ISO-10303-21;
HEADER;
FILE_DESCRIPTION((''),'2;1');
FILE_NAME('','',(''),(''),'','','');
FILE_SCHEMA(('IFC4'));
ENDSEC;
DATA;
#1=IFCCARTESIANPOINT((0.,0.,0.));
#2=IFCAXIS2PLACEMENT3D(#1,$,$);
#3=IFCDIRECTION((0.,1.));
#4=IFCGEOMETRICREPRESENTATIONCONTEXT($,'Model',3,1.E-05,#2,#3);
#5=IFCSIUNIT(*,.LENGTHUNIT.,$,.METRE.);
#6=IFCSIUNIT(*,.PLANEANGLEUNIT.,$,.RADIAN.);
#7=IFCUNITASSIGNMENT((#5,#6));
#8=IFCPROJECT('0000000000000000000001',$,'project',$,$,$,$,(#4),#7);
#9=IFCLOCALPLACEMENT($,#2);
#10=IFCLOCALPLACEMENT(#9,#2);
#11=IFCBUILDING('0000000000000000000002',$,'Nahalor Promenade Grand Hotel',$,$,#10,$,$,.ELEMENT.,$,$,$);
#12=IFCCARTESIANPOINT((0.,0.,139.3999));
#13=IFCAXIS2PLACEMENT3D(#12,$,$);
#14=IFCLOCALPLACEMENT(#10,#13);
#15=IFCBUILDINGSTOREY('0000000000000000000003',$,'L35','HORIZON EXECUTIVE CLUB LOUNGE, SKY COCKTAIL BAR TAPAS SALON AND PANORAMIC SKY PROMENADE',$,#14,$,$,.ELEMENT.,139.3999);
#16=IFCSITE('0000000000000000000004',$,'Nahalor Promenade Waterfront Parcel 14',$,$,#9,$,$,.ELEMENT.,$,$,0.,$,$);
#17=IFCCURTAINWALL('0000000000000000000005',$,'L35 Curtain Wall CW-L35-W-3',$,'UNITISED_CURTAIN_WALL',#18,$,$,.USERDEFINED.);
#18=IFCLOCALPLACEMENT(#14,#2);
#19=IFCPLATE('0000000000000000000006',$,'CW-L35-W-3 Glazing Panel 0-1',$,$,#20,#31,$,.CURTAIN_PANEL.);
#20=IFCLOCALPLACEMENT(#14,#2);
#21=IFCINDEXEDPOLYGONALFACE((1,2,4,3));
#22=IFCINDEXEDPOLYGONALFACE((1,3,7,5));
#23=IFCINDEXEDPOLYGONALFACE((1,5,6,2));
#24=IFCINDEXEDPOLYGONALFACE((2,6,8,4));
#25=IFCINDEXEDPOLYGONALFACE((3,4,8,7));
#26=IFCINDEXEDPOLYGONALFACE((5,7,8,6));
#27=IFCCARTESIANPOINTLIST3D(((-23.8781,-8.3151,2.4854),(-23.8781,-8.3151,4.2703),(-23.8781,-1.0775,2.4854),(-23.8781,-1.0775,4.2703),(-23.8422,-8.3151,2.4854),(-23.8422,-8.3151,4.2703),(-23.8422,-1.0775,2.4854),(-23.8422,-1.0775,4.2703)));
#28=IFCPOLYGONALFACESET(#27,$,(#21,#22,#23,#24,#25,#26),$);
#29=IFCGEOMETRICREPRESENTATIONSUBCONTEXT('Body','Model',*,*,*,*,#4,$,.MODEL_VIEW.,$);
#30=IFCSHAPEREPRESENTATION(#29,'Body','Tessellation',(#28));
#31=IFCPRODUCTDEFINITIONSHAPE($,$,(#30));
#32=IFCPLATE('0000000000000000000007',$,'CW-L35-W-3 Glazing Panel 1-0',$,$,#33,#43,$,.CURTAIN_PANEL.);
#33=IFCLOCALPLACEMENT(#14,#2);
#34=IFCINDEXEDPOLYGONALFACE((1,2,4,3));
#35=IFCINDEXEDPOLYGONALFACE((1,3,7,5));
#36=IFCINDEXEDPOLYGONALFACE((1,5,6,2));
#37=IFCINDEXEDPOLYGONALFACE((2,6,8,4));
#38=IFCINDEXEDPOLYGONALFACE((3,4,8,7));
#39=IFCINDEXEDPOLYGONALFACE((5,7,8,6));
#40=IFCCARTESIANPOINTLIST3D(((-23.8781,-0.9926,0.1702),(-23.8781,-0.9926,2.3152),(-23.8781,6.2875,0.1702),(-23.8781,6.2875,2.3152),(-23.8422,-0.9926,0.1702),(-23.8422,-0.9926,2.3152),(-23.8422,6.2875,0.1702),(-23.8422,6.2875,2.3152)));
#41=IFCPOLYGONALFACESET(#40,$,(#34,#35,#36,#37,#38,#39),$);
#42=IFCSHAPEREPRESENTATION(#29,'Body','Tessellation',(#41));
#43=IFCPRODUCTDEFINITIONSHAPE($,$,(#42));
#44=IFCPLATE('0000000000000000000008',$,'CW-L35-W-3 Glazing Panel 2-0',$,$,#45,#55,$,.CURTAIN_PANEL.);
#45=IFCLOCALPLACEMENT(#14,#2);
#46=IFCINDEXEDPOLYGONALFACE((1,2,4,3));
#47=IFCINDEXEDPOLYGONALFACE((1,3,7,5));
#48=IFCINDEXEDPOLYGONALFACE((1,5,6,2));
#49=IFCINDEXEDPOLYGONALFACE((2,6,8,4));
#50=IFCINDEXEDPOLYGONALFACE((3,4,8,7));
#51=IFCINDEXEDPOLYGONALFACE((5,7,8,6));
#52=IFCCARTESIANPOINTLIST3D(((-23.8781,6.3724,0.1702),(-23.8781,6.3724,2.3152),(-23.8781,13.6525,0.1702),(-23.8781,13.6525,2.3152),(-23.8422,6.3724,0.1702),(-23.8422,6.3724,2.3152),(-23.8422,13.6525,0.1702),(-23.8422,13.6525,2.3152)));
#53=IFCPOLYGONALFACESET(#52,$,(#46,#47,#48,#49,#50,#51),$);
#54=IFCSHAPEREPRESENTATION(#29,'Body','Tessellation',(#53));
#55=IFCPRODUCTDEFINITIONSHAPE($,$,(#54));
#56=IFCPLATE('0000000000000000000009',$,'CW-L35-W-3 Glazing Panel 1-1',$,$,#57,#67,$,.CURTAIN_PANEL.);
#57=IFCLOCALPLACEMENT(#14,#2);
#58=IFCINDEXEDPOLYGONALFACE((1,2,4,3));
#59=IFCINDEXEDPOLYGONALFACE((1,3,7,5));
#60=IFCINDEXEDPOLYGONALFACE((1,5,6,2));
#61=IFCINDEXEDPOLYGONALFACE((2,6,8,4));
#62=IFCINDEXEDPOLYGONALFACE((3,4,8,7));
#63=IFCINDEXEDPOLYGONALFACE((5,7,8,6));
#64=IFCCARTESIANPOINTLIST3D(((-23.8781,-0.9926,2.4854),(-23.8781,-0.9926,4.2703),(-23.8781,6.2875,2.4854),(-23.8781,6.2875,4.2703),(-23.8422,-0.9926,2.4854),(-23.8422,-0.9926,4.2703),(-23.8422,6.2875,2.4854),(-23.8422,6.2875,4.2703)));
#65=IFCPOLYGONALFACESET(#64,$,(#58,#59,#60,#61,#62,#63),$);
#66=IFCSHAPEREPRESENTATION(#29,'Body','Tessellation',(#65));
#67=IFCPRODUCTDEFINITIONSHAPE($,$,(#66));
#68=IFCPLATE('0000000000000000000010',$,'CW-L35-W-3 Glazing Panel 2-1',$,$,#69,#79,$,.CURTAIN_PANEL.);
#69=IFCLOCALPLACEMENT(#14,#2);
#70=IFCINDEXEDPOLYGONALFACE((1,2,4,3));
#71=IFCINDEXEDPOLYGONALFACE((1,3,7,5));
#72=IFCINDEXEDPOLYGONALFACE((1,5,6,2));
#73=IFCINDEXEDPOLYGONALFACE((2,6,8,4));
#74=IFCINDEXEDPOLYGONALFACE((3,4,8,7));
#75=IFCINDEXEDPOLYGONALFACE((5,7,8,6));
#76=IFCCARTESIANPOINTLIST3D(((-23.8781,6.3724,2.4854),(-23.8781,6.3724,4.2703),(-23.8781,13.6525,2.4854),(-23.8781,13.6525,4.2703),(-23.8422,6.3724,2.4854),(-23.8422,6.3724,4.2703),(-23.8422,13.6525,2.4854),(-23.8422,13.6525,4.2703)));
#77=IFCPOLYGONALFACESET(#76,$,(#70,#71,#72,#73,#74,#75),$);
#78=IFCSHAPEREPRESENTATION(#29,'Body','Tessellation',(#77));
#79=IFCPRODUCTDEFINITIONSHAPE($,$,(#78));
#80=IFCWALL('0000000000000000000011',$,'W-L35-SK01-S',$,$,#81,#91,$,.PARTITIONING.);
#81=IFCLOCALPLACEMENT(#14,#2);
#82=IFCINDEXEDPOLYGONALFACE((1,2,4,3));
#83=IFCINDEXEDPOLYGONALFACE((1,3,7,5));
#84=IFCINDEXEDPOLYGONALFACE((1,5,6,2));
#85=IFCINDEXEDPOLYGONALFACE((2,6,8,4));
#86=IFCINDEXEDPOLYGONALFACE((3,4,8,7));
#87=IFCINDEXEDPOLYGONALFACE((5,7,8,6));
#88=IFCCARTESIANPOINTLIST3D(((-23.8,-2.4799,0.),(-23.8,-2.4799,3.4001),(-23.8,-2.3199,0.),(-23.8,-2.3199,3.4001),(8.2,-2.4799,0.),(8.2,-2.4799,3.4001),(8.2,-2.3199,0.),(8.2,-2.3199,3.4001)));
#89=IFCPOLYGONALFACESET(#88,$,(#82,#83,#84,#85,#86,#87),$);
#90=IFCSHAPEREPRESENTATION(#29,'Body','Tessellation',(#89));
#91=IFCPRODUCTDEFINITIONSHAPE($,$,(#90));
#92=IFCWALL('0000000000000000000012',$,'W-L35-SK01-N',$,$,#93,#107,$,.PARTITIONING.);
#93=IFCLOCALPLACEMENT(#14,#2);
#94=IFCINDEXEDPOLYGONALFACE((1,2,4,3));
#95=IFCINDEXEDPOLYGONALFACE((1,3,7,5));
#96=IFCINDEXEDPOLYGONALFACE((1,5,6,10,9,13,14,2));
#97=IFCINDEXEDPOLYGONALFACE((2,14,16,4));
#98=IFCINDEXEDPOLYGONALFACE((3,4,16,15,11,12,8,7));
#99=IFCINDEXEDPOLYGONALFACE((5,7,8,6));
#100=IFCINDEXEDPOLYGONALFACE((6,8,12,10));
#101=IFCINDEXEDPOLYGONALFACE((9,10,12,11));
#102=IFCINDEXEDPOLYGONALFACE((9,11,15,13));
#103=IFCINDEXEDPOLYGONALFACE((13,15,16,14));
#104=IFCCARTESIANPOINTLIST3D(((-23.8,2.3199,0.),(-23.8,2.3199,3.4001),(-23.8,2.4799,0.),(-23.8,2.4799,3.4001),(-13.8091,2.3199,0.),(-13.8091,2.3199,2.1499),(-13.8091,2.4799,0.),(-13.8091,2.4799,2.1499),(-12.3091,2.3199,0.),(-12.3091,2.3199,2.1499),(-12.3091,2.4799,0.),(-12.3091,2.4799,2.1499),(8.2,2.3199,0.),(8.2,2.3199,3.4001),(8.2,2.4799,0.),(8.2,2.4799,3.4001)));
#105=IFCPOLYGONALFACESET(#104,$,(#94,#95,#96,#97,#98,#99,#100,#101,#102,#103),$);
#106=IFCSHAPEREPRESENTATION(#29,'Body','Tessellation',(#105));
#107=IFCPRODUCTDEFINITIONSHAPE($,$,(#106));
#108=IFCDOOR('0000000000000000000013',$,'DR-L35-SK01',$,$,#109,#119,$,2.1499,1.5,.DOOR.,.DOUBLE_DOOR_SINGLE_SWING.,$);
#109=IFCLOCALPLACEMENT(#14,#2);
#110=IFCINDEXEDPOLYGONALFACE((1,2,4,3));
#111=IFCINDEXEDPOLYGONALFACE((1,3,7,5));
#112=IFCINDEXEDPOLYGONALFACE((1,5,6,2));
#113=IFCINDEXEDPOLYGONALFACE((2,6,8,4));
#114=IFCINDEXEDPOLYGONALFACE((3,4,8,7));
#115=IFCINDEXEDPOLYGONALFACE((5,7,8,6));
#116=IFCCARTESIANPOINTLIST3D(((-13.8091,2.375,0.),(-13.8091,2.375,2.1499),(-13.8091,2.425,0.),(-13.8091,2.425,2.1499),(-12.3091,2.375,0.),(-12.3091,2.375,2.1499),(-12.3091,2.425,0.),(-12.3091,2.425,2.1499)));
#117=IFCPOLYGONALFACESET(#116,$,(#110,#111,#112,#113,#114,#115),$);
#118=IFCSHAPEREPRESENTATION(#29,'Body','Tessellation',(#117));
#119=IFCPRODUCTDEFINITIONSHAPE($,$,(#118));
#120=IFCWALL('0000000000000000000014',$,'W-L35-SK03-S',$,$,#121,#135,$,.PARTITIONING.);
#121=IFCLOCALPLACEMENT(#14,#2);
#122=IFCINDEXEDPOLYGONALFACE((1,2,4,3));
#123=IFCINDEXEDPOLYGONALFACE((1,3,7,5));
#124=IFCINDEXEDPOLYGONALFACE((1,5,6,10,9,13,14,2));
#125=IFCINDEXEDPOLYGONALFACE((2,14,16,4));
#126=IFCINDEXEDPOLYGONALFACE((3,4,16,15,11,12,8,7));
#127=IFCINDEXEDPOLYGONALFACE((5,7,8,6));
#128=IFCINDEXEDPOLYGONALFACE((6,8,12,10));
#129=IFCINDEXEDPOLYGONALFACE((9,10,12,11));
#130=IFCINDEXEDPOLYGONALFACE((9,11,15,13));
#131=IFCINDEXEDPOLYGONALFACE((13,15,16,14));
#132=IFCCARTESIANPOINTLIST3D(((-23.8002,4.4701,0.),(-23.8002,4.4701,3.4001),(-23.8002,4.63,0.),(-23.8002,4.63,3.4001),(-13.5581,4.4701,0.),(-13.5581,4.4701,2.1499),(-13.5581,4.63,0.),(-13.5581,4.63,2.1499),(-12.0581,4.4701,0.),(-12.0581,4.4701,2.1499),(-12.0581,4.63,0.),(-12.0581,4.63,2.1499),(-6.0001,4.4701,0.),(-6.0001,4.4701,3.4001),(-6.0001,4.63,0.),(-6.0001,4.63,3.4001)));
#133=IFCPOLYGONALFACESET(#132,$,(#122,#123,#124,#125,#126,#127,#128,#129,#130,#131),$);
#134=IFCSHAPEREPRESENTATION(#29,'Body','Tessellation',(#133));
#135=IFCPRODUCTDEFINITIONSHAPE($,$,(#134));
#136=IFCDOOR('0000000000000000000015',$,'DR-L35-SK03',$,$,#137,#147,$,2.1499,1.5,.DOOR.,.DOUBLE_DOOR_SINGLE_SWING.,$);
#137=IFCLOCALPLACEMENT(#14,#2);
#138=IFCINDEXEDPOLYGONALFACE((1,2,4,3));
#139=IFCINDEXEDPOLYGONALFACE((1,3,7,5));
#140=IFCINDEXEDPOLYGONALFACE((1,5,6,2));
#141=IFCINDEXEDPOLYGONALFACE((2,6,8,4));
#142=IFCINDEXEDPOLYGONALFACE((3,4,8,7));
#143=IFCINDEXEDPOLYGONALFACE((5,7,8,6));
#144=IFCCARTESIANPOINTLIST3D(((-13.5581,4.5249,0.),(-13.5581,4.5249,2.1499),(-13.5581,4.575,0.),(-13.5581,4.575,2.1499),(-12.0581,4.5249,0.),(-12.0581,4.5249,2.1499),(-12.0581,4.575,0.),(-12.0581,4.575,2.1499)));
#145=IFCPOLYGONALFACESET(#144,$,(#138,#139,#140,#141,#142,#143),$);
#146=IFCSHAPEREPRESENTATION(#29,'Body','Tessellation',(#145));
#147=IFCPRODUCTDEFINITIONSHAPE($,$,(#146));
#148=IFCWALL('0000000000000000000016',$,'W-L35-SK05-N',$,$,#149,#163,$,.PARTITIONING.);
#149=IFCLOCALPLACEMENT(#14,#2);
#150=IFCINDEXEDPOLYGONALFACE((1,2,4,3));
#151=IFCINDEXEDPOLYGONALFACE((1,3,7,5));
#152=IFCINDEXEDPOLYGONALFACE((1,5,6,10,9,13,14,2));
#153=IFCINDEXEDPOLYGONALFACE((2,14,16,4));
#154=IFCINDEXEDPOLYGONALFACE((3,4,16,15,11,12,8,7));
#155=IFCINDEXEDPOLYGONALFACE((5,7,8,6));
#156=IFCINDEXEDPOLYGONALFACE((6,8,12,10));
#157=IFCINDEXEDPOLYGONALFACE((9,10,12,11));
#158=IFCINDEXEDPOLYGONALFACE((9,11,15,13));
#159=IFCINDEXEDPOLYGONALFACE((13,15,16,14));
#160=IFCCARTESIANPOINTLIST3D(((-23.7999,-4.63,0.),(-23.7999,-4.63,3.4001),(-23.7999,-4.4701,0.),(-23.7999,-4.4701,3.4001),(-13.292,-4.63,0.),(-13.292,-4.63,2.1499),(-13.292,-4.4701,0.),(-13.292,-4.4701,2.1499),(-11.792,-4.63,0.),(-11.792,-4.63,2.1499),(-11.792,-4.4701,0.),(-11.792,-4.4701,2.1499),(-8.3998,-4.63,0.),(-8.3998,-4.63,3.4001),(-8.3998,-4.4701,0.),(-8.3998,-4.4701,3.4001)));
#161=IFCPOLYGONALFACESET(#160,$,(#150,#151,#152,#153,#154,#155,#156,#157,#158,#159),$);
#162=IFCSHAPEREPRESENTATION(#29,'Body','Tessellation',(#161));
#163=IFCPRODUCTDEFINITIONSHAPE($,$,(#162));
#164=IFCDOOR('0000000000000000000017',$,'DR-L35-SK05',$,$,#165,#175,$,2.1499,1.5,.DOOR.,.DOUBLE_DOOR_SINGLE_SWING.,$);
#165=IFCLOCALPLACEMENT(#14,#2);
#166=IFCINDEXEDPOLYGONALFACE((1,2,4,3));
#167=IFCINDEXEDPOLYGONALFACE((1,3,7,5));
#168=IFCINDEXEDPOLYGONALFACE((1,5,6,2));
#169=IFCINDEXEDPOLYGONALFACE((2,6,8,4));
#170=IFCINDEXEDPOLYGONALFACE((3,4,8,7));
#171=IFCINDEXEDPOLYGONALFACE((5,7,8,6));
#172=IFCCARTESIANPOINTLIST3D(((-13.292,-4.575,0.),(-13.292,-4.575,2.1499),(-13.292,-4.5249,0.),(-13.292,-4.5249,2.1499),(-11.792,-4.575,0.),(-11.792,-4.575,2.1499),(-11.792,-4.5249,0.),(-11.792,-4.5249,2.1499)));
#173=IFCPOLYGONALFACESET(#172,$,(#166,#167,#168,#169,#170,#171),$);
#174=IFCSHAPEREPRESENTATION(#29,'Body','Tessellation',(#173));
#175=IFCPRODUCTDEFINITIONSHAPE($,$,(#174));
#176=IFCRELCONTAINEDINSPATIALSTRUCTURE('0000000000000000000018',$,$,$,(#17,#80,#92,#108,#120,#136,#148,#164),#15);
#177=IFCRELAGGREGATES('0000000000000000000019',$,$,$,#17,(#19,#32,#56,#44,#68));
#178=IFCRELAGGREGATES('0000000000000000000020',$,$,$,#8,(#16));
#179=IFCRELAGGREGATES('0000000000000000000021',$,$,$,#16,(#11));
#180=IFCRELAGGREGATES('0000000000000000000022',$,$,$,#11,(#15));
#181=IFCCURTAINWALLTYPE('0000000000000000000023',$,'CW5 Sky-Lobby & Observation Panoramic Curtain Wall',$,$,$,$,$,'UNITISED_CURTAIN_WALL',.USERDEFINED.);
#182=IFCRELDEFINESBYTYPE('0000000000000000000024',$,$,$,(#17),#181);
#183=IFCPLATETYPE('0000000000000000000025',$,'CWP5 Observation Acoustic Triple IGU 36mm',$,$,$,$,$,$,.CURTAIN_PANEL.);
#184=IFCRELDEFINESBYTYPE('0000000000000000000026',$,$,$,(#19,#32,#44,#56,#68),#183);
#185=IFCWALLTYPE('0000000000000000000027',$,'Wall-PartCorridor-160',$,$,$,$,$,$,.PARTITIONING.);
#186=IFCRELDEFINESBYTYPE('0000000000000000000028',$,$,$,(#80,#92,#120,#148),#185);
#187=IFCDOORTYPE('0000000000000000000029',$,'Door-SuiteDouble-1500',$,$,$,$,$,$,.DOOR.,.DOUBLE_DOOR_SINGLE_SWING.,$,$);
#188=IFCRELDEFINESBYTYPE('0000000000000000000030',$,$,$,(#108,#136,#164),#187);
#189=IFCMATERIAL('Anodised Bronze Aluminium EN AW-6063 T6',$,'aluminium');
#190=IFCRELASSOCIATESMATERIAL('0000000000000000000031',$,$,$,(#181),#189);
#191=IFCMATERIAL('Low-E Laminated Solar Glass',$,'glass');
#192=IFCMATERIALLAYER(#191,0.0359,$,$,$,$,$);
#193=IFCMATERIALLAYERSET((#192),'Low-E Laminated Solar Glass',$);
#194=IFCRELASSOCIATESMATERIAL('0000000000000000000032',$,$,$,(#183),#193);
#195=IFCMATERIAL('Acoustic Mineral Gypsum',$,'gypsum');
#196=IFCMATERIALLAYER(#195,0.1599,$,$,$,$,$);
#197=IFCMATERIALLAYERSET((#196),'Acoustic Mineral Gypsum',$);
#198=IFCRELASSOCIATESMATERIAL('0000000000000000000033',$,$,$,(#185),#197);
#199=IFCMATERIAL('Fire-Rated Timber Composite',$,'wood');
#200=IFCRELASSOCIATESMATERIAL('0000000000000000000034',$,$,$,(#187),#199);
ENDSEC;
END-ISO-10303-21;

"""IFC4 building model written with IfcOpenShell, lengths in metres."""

from ifc_helpers import new_model, si_unit, direction, frame, frame_2d, origin, origin_2d, place, context, subcontext, project, spatial, rectangle, extrude, source, transform, mapped, material, layer, layer_set, type_object, element, fill, aggregate, save


model = new_model("IFC4")

# Units and contexts
model_context = context("Model", 3, precision=1e-05, world=origin(), true_north=direction((0.0, 1.0)))
body_context = subcontext(model_context, "Body", "Model", "MODEL_VIEW")
ifc_project = project(units=[si_unit("LENGTHUNIT", "METRE"), si_unit("PLANEANGLEUNIT", "RADIAN")], contexts=[model_context])

# Site, building, storey
site_placement = place(None, origin())
site = spatial("IfcSite", under=ifc_project, at=site_placement, Name="Nahalor Promenade Waterfront Parcel 14", CompositionType="ELEMENT", RefElevation=0.0)
building_placement = place(site_placement, origin())
building = spatial("IfcBuilding", under=site, at=building_placement, Name="Nahalor Promenade Grand Hotel", CompositionType="ELEMENT")
storey_placement = place(building_placement, frame((0.0, 0.0, 139.3999)))
storey = spatial("IfcBuildingStorey", under=building, at=storey_placement, Name="L35", Description="HORIZON EXECUTIVE CLUB LOUNGE, SKY COCKTAIL BAR TAPAS SALON AND PANORAMIC SKY PROMENADE", CompositionType="ELEMENT", Elevation=139.3999)

# Curtain wall, plates
ifc_material_1 = material(Name="Anodised Bronze Aluminium EN AW-6063 T6", Category="aluminium")
curtain_wall_type = type_object("IfcCurtainWallType", Name="CW5 Sky-Lobby & Observation Panoramic Curtain Wall", ElementType="UNITISED_CURTAIN_WALL", PredefinedType="USERDEFINED", material=ifc_material_1)
curtain_wall_placement = place(storey_placement, origin())
curtain_wall = element("IfcCurtainWall", 1, at=curtain_wall_placement, inside=storey, type_object=curtain_wall_type, Name="L35 Curtain Wall CW-L35-W-3", ObjectType="UNITISED_CURTAIN_WALL", PredefinedType="USERDEFINED")
ifc_material_2 = material(Name="Low-E Laminated Solar Glass", Category="glass")
ifc_layer_1 = layer(ifc_material_2, 0.0359)
ifc_layer_set_1 = layer_set([ifc_layer_1], Name="Low-E Laminated Solar Glass")
plate_type = type_object("IfcPlateType", Name="CWP5 Observation Acoustic Triple IGU 36mm", PredefinedType="CURTAIN_PANEL", material=ifc_layer_set_1)
shared_shape_1 = source(origin(), body_context, "Body", "SweptSolid", [
    extrude(rectangle(XDim=7.2375, YDim=0.0359, at=origin_2d()), origin(), (0.0, 0.0, 1.0), 1.7849),
])
plate_1_placement = place(storey_placement, frame((-23.8601, -4.6963, 2.4854), z_axis=(0.0, 0.0, 1.0), x_axis=(0.0, 1.0, 0.0)))
plate_1 = element("IfcPlate", 2, at=plate_1_placement, type_object=plate_type, Name="CW-L35-W-3 Glazing Panel 0-1", PredefinedType="CURTAIN_PANEL", context=body_context, shape_type="MappedRepresentation", body=[
    mapped(shared_shape_1, transform((0.0, 0.0, 0.0), scale=1.0)),
])
shared_shape_2 = source(origin(), body_context, "Body", "SweptSolid", [
    extrude(rectangle(XDim=7.28, YDim=0.0359, at=origin_2d()), origin(), (0.0, 0.0, 1.0), 2.145),
])
plate_2_placement = place(storey_placement, frame((-23.8601, 2.6475, 0.1702), z_axis=(0.0, 0.0, 1.0), x_axis=(0.0, 1.0, 0.0)))
plate_2 = element("IfcPlate", 3, at=plate_2_placement, type_object=plate_type, Name="CW-L35-W-3 Glazing Panel 1-0", PredefinedType="CURTAIN_PANEL", context=body_context, shape_type="MappedRepresentation", body=[
    mapped(shared_shape_2, transform((0.0, 0.0, 0.0), scale=1.0)),
])
plate_3_placement = place(storey_placement, frame((-23.8601, 10.0125, 0.1702), z_axis=(0.0, 0.0, 1.0), x_axis=(0.0, 1.0, 0.0)))
plate_3 = element("IfcPlate", 4, at=plate_3_placement, type_object=plate_type, Name="CW-L35-W-3 Glazing Panel 2-0", PredefinedType="CURTAIN_PANEL", context=body_context, shape_type="MappedRepresentation", body=[
    mapped(shared_shape_2, transform((0.0, 0.0, 0.0), scale=1.0)),
])
shared_shape_3 = source(origin(), body_context, "Body", "SweptSolid", [
    extrude(rectangle(XDim=7.28, YDim=0.0359, at=origin_2d()), origin(), (0.0, 0.0, 1.0), 1.7849),
])
plate_4_placement = place(storey_placement, frame((-23.8601, 2.6475, 2.4854), z_axis=(0.0, 0.0, 1.0), x_axis=(0.0, 1.0, 0.0)))
plate_4 = element("IfcPlate", 5, at=plate_4_placement, type_object=plate_type, Name="CW-L35-W-3 Glazing Panel 1-1", PredefinedType="CURTAIN_PANEL", context=body_context, shape_type="MappedRepresentation", body=[
    mapped(shared_shape_3, transform((0.0, 0.0, 0.0), scale=1.0)),
])
plate_5_placement = place(storey_placement, frame((-23.8601, 10.0125, 2.4854), z_axis=(0.0, 0.0, 1.0), x_axis=(0.0, 1.0, 0.0)))
plate_5 = element("IfcPlate", 6, at=plate_5_placement, type_object=plate_type, Name="CW-L35-W-3 Glazing Panel 2-1", PredefinedType="CURTAIN_PANEL", context=body_context, shape_type="MappedRepresentation", body=[
    mapped(shared_shape_3, transform((0.0, 0.0, 0.0), scale=1.0)),
])
aggregate(curtain_wall, [plate_1, plate_2, plate_4, plate_3, plate_5])

# Wall
ifc_material_3 = material(Name="Acoustic Mineral Gypsum", Category="gypsum")
ifc_layer_2 = layer(ifc_material_3, 0.1599)
ifc_layer_set_2 = layer_set([ifc_layer_2], Name="Acoustic Mineral Gypsum")
wall_type = type_object("IfcWallType", Name="Wall-PartCorridor-160", PredefinedType="PARTITIONING", material=ifc_layer_set_2)
shared_shape_4 = source(origin(), body_context, "Body", "SweptSolid", [
    extrude(rectangle(XDim=32.0, YDim=0.1599, at=frame_2d((16.0, 0.0))), origin(), (0.0, 0.0, 1.0), 3.4001),
])
wall_1_placement = place(storey_placement, frame((-23.8, -2.3999, 0.0), z_axis=(0.0, 0.0, 1.0), x_axis=(1.0, 0.0, 0.0)))
element("IfcWall", 7, at=wall_1_placement, inside=storey, type_object=wall_type, Name="W-L35-SK01-S", PredefinedType="PARTITIONING", context=body_context, shape_type="MappedRepresentation", body=[
    mapped(shared_shape_4, transform((0.0, 0.0, 0.0), scale=1.0)),
])

# Walls, openings, doors
wall_2_placement = place(storey_placement, frame((-23.8, 2.3999, 0.0), z_axis=(0.0, 0.0, 1.0), x_axis=(1.0, 0.0, 0.0)))
wall_2 = element("IfcWall", 8, at=wall_2_placement, inside=storey, type_object=wall_type, Name="W-L35-SK01-N", PredefinedType="PARTITIONING", context=body_context, shape_type="MappedRepresentation", body=[
    mapped(shared_shape_4, transform((0.0, 0.0, 0.0), scale=1.0)),
])
opening_1_placement = place(wall_2_placement, frame((9.991, 0.0, 0.0)))
opening_1 = element("IfcOpeningElement", 9, at=opening_1_placement, cuts=wall_2, PredefinedType="OPENING", context=body_context, shape_type="SweptSolid", body=[
    extrude(rectangle(XDim=1.5, YDim=2.1499, at=frame_2d((0.75, 1.075))), frame((0.0, 0.0898, 0.0), z_axis=(0.0, -1.0, 0.0), x_axis=(1.0, 0.0, 0.0)), (0.0, 0.0, 1.0), 0.1799),
])
ifc_material_4 = material(Name="Fire-Rated Timber Composite", Category="wood")
door_type = type_object("IfcDoorType", Name="Door-SuiteDouble-1500", OperationType="DOUBLE_DOOR_SINGLE_SWING", PredefinedType="DOOR", material=ifc_material_4)
shared_shape_5 = source(origin(), body_context, "Body", "SweptSolid", [
    extrude(rectangle(XDim=1.5, YDim=2.1499, at=frame_2d((0.75, 1.075))), frame((0.0, 0.0249, 0.0), z_axis=(0.0, -1.0, 0.0), x_axis=(1.0, 0.0, 0.0)), (0.0, 0.0, 1.0), 0.05),
])
door_1_placement = place(opening_1_placement, frame((1.5, 0.0, 0.0), z_axis=(0.0, 0.0, 1.0), x_axis=(-1.0, 0.0, 0.0)))
door_1 = element("IfcDoor", 10, at=door_1_placement, inside=storey, type_object=door_type, Name="DR-L35-SK01", OperationType="DOUBLE_DOOR_SINGLE_SWING", OverallHeight=2.1499, OverallWidth=1.5, PredefinedType="DOOR", context=body_context, shape_type="MappedRepresentation", body=[
    mapped(shared_shape_5, transform((0.0, 0.0, 0.0), scale=1.0)),
])
fill(opening_1, door_1)
shared_shape_6 = source(origin(), body_context, "Body", "SweptSolid", [
    extrude(rectangle(XDim=17.8, YDim=0.1599, at=frame_2d((8.8999, 0.0))), origin(), (0.0, 0.0, 1.0), 3.4001),
])
wall_3_placement = place(storey_placement, frame((-23.8, 4.55, 0.0), z_axis=(0.0, 0.0, 1.0), x_axis=(1.0, 0.0, 0.0)))
wall_3 = element("IfcWall", 11, at=wall_3_placement, inside=storey, type_object=wall_type, Name="W-L35-SK03-S", PredefinedType="PARTITIONING", context=body_context, shape_type="MappedRepresentation", body=[
    mapped(shared_shape_6, transform((0.0, 0.0, 0.0), scale=1.0)),
])
opening_2_placement = place(wall_3_placement, frame((10.2419, 0.0, 0.0)))
opening_2 = element("IfcOpeningElement", 12, at=opening_2_placement, cuts=wall_3, PredefinedType="OPENING", context=body_context, shape_type="SweptSolid", body=[
    extrude(rectangle(XDim=1.5, YDim=2.1499, at=frame_2d((0.75, 1.075))), frame((0.0, 0.0898, 0.0), z_axis=(0.0, -1.0, 0.0), x_axis=(1.0, 0.0, 0.0)), (0.0, 0.0, 1.0), 0.1799),
])
door_2_placement = place(opening_2_placement, origin())
door_2 = element("IfcDoor", 13, at=door_2_placement, inside=storey, type_object=door_type, Name="DR-L35-SK03", OperationType="DOUBLE_DOOR_SINGLE_SWING", OverallHeight=2.1499, OverallWidth=1.5, PredefinedType="DOOR", context=body_context, shape_type="MappedRepresentation", body=[
    mapped(shared_shape_5, transform((0.0, 0.0, 0.0), scale=1.0)),
])
fill(opening_2, door_2)
shared_shape_7 = source(origin(), body_context, "Body", "SweptSolid", [
    extrude(rectangle(XDim=15.4001, YDim=0.1599, at=frame_2d((7.7002, 0.0))), origin(), (0.0, 0.0, 1.0), 3.4001),
])
wall_4_placement = place(storey_placement, frame((-23.8, -4.55, 0.0), z_axis=(0.0, 0.0, 1.0), x_axis=(1.0, 0.0, 0.0)))
wall_4 = element("IfcWall", 14, at=wall_4_placement, inside=storey, type_object=wall_type, Name="W-L35-SK05-N", PredefinedType="PARTITIONING", context=body_context, shape_type="MappedRepresentation", body=[
    mapped(shared_shape_7, transform((0.0, 0.0, 0.0), scale=1.0)),
])
opening_3_placement = place(wall_4_placement, frame((10.5081, 0.0, 0.0)))
opening_3 = element("IfcOpeningElement", 15, at=opening_3_placement, cuts=wall_4, PredefinedType="OPENING", context=body_context, shape_type="SweptSolid", body=[
    extrude(rectangle(XDim=1.5, YDim=2.1499, at=frame_2d((0.75, 1.075))), frame((0.0, 0.0898, 0.0), z_axis=(0.0, -1.0, 0.0), x_axis=(1.0, 0.0, 0.0)), (0.0, 0.0, 1.0), 0.1799),
])
door_3_placement = place(opening_3_placement, frame((1.5, 0.0, 0.0), z_axis=(0.0, 0.0, 1.0), x_axis=(-1.0, 0.0, 0.0)))
door_3 = element("IfcDoor", 16, at=door_3_placement, inside=storey, type_object=door_type, Name="DR-L35-SK05", OperationType="DOUBLE_DOOR_SINGLE_SWING", OverallHeight=2.1499, OverallWidth=1.5, PredefinedType="DOOR", context=body_context, shape_type="MappedRepresentation", body=[
    mapped(shared_shape_5, transform((0.0, 0.0, 0.0), scale=1.0)),
])
fill(opening_3, door_3)

save(model, "model.ifc")
